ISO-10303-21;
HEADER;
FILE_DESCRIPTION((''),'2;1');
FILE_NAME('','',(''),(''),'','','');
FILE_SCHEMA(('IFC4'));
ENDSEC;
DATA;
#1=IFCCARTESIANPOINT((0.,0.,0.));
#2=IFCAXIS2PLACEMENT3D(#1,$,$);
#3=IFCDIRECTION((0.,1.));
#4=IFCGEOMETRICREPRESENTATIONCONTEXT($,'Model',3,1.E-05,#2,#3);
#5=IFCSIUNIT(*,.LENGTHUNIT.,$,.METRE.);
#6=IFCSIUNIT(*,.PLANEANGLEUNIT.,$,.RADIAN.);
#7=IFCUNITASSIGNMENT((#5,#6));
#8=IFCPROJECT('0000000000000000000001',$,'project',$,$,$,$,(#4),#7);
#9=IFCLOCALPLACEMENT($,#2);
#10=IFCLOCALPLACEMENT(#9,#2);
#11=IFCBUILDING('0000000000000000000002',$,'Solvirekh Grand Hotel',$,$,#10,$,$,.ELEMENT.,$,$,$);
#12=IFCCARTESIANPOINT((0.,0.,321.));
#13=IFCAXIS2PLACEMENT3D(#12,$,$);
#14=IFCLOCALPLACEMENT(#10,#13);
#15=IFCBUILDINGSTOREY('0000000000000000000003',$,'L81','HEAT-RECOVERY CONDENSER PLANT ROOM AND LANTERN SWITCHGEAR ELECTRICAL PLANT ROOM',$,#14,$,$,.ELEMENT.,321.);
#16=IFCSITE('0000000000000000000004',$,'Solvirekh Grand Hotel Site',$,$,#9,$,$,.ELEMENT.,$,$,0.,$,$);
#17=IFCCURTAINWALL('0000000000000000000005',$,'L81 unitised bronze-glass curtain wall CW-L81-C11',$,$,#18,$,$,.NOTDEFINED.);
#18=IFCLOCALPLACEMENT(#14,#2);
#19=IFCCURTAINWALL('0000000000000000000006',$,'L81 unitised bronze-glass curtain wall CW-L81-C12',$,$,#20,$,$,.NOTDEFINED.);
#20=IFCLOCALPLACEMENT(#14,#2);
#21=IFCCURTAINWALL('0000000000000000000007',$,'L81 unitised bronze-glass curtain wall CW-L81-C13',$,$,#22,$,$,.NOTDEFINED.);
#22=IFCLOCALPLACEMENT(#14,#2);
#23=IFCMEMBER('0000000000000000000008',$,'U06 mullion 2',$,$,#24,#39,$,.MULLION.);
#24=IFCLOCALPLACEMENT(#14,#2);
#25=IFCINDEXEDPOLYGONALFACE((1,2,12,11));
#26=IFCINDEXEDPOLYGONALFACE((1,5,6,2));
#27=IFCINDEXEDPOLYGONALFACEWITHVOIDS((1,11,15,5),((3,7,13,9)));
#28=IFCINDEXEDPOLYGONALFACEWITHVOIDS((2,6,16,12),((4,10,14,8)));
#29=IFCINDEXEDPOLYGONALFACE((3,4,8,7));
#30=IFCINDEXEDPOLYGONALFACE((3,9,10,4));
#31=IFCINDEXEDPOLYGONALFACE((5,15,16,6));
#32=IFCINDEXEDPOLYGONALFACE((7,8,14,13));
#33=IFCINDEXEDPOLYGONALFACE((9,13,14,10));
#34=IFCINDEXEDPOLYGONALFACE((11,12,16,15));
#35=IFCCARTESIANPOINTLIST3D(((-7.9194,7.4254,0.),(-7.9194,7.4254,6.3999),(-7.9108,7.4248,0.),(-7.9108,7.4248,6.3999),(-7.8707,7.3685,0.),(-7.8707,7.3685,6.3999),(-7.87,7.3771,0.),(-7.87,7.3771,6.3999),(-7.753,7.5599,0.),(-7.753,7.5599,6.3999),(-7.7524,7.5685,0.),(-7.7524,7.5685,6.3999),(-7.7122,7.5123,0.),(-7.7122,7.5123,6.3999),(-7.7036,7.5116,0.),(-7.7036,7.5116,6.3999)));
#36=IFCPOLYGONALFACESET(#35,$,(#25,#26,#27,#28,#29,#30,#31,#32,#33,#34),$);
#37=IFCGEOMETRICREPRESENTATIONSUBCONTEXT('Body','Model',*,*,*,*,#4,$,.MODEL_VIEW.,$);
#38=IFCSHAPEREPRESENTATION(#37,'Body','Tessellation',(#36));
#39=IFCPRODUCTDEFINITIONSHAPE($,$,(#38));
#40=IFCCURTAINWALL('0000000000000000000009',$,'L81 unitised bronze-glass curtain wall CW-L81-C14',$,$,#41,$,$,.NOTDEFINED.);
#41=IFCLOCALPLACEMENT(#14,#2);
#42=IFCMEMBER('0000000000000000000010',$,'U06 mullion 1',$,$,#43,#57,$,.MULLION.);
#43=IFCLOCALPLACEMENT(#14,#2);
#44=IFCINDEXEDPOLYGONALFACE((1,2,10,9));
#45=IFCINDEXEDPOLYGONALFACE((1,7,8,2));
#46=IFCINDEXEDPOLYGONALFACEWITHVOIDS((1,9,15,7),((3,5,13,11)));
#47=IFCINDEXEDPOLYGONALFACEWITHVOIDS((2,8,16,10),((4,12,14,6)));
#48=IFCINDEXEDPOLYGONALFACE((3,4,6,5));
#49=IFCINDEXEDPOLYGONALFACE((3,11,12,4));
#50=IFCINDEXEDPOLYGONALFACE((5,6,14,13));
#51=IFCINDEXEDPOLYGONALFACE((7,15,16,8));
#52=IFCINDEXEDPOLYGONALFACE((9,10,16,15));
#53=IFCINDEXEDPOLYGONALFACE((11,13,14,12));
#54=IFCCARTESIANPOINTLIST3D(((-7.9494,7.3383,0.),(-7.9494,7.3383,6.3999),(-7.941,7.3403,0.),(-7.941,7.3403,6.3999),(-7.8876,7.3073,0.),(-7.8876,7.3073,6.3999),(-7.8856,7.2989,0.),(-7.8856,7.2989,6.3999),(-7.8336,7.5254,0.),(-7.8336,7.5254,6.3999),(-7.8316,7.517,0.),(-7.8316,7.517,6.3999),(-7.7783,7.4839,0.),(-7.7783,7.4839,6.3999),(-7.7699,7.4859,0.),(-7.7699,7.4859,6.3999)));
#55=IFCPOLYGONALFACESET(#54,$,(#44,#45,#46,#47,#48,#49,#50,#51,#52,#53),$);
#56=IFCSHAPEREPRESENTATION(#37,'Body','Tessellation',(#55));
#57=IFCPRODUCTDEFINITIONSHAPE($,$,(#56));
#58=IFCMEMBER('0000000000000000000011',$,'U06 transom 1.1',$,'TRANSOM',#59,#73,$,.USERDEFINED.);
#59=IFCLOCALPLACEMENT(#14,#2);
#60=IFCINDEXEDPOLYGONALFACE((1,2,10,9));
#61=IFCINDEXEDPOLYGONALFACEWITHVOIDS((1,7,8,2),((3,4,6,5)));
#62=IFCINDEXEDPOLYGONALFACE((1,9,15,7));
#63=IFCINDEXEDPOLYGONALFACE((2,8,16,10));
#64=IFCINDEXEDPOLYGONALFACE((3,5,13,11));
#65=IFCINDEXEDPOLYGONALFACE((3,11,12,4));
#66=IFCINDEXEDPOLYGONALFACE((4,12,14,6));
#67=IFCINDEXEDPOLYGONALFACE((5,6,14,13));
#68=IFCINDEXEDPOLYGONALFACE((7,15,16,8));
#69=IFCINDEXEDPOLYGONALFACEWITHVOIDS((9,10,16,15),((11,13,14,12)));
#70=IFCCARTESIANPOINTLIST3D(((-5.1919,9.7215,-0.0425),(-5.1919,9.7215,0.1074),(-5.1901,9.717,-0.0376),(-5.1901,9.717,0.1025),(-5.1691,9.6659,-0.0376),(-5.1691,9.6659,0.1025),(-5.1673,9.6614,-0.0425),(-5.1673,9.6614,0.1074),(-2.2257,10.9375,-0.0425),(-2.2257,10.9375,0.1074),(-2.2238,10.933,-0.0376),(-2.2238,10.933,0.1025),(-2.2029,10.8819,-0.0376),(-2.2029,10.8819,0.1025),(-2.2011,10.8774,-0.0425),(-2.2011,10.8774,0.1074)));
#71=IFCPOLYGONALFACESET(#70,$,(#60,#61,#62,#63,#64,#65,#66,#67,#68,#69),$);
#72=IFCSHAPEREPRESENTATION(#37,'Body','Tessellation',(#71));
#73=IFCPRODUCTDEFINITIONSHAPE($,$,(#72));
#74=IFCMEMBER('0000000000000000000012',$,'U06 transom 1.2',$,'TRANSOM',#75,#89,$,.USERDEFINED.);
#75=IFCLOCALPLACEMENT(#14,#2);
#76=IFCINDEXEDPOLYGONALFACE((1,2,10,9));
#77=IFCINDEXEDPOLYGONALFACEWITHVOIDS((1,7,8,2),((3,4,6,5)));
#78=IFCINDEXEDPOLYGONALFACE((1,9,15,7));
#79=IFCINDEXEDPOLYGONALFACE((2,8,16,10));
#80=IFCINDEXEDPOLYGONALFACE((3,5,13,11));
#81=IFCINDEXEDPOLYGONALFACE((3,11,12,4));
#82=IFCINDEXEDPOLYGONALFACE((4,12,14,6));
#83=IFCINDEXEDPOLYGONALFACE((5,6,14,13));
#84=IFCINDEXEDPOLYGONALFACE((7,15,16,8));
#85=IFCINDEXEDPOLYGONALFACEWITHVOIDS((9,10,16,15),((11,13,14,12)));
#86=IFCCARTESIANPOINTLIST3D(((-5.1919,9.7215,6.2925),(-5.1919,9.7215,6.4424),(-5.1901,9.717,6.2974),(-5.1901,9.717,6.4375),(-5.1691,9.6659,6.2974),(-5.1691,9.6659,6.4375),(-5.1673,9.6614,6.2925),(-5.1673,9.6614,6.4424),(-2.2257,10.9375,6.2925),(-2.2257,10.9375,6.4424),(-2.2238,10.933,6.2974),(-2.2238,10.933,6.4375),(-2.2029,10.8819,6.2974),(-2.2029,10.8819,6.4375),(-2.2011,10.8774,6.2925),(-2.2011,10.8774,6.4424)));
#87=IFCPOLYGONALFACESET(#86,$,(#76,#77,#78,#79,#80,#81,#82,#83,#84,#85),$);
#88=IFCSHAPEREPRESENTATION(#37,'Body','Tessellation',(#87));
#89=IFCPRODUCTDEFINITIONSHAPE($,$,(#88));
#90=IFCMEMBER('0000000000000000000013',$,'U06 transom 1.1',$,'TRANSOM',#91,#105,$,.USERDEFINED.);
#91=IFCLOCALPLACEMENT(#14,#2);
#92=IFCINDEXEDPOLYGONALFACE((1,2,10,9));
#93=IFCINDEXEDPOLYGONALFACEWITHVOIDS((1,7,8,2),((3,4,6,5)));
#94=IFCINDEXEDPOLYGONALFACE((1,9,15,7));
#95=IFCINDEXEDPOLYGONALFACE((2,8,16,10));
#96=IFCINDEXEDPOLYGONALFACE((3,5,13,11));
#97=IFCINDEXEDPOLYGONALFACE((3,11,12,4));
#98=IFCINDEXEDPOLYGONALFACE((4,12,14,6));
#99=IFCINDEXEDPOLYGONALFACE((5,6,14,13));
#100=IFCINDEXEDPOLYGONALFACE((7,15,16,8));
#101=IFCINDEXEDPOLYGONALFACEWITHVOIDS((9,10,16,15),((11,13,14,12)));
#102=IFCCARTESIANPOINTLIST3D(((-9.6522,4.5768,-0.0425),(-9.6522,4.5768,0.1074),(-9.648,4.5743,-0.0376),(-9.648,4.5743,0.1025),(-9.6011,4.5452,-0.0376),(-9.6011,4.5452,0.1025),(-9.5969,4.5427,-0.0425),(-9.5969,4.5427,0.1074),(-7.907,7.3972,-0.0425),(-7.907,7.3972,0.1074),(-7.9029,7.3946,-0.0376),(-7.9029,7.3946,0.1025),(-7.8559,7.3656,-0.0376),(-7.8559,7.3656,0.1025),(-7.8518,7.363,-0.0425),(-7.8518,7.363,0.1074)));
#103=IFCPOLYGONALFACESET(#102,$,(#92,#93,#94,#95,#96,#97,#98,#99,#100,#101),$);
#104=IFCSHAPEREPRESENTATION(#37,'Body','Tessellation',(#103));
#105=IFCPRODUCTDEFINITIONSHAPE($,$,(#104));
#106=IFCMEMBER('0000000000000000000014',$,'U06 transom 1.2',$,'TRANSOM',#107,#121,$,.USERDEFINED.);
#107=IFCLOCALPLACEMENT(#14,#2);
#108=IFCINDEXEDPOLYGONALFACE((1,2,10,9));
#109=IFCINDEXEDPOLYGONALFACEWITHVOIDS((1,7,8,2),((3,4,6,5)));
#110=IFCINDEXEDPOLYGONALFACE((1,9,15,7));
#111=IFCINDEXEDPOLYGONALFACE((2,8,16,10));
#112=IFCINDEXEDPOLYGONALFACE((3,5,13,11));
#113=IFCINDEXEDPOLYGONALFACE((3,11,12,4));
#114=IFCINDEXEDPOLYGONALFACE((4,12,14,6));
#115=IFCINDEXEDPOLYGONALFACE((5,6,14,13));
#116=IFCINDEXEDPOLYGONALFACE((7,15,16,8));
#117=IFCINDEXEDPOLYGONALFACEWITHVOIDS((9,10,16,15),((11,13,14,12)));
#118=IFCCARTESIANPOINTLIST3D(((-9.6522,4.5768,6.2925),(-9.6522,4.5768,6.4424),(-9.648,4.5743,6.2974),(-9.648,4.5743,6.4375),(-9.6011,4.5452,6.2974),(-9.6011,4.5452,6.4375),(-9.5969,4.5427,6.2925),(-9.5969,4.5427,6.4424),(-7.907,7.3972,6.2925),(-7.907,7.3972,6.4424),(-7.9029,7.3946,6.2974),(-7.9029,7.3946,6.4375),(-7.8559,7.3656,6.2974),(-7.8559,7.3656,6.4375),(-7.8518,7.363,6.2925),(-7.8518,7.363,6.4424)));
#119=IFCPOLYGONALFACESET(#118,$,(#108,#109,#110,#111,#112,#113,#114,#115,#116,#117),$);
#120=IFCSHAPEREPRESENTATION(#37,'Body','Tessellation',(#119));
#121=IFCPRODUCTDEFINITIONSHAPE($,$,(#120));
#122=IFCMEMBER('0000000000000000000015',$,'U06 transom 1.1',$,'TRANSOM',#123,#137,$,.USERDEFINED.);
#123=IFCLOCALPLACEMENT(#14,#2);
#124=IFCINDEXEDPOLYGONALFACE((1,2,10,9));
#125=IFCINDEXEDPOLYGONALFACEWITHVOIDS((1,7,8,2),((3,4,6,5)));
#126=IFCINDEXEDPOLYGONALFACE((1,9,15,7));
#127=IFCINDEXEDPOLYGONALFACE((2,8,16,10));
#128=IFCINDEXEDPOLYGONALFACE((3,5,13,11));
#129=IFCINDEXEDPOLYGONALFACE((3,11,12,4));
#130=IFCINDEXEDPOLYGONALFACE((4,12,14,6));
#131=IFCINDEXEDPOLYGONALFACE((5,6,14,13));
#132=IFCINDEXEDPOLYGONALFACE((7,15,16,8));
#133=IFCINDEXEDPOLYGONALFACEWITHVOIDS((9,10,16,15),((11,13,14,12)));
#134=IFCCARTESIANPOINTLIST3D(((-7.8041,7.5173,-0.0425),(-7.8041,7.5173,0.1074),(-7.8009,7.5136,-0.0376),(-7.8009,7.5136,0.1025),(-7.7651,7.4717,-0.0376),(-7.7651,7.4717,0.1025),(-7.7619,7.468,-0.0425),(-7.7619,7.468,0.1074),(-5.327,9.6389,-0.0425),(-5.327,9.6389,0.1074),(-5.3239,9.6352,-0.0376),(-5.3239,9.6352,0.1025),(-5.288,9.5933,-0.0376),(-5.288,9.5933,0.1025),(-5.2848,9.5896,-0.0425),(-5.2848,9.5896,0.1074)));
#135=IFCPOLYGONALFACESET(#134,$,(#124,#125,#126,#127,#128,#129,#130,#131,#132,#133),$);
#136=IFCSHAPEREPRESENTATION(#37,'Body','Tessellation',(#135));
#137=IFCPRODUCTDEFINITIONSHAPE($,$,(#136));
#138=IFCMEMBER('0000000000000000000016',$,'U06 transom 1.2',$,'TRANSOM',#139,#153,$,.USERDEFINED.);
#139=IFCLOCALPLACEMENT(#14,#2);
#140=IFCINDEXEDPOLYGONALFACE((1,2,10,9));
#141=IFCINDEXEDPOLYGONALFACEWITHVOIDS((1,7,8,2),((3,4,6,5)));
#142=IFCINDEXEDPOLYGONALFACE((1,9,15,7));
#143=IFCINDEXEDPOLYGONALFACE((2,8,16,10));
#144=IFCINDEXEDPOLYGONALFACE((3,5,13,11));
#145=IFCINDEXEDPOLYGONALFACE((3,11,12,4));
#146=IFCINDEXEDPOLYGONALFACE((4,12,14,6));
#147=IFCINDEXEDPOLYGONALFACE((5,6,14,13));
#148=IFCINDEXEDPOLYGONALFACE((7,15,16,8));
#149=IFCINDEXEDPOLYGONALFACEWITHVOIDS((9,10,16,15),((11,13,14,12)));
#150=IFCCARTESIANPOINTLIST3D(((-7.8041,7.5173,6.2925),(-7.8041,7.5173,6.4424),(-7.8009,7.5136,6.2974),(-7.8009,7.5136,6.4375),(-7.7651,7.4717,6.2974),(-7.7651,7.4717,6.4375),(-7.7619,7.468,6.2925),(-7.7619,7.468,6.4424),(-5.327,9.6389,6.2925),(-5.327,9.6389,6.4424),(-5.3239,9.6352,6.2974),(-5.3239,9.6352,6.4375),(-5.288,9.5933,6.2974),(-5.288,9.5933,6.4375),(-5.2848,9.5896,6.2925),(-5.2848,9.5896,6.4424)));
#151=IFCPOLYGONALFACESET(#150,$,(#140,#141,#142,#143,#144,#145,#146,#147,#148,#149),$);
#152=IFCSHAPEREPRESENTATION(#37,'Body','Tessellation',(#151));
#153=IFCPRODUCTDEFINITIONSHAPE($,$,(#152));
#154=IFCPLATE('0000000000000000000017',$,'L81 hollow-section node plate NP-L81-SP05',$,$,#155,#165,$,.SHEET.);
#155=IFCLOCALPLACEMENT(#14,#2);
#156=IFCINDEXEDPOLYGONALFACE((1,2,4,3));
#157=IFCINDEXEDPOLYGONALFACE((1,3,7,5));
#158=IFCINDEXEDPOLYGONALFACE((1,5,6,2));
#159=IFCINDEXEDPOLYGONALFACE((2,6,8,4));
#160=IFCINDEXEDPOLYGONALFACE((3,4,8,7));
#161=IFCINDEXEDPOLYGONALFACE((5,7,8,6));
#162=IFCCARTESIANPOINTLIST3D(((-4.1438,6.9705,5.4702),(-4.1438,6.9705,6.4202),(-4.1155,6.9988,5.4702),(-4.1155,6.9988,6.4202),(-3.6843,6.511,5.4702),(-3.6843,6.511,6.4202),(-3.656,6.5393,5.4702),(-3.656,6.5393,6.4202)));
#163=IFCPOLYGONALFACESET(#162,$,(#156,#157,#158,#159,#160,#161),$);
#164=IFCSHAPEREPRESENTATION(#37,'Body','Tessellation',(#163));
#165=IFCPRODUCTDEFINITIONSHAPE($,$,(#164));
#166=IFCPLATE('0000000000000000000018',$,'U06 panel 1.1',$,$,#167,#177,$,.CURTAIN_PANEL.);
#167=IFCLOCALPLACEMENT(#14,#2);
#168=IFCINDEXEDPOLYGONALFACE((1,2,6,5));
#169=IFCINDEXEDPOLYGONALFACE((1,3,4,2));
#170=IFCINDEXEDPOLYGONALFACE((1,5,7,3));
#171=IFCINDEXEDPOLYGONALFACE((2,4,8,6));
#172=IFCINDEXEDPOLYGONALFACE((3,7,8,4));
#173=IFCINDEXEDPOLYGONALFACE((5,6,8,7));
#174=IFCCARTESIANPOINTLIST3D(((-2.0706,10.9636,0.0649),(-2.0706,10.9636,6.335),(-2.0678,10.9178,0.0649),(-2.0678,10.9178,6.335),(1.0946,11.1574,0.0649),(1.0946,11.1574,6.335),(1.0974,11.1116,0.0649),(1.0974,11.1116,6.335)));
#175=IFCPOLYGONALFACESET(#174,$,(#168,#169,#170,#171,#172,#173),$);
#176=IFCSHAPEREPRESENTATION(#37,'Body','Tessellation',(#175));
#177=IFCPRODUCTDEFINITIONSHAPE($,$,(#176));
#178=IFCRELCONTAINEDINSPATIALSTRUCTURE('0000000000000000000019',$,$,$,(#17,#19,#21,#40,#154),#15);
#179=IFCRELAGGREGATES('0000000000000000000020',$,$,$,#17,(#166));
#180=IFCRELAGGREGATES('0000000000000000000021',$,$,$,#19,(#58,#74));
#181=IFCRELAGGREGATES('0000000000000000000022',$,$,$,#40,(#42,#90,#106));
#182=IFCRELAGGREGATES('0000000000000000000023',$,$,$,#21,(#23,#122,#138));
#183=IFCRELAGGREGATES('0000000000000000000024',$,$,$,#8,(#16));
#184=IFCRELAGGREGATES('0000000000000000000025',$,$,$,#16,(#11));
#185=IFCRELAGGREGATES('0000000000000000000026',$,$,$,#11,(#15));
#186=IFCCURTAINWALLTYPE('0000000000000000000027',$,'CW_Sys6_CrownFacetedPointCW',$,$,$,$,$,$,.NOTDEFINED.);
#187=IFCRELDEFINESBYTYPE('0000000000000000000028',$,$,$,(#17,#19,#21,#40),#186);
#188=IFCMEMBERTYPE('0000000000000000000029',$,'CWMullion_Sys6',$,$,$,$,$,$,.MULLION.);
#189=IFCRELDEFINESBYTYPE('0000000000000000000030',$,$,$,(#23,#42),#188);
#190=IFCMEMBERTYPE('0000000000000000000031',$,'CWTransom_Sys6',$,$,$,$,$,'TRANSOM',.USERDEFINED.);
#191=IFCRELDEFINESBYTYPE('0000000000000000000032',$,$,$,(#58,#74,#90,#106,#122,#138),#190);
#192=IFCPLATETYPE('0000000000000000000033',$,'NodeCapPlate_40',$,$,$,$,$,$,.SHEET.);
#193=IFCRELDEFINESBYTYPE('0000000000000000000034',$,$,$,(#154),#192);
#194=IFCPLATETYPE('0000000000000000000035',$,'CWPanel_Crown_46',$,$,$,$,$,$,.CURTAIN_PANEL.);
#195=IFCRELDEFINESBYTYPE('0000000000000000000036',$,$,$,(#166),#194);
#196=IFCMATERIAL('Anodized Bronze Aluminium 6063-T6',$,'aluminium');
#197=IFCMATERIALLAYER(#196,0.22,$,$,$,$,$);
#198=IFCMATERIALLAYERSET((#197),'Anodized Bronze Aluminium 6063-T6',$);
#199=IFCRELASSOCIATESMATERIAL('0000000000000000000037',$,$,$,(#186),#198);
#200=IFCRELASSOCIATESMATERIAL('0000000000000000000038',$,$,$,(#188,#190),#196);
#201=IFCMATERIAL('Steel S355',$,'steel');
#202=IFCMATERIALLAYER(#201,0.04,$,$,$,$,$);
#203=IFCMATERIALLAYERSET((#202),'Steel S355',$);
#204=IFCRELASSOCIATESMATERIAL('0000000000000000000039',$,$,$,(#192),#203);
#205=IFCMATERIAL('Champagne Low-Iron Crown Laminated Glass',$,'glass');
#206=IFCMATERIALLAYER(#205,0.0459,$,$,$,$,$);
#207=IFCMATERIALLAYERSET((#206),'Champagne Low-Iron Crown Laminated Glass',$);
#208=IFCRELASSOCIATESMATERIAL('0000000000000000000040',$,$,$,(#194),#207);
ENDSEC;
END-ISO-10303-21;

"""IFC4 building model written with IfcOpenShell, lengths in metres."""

from ifc_helpers import new_model, si_unit, direction, frame, origin, origin_2d, place, context, subcontext, project, spatial, rectangle, hollow_rectangle, extrude, source, transform, mapped, material, layer, layer_set, material_profile, profile_set, type_object, element, aggregate, save


model = new_model("IFC4")

# Units and contexts
model_context = context("Model", 3, precision=1e-05, world=origin(), true_north=direction((0.0, 1.0)))
body_context = subcontext(model_context, "Body", "Model", "MODEL_VIEW")
ifc_project = project(units=[si_unit("LENGTHUNIT", "METRE"), si_unit("PLANEANGLEUNIT", "RADIAN")], contexts=[model_context])

# Site, building, storey
site_placement = place(None, origin())
site = spatial("IfcSite", under=ifc_project, at=site_placement, Name="Solvirekh Grand Hotel Site", CompositionType="ELEMENT", RefElevation=0.0)
building_placement = place(site_placement, origin())
building = spatial("IfcBuilding", under=site, at=building_placement, Name="Solvirekh Grand Hotel", CompositionType="ELEMENT")
storey_placement = place(building_placement, frame((0.0, 0.0, 321.0)))
storey = spatial("IfcBuildingStorey", under=building, at=storey_placement, Name="L81", Description="HEAT-RECOVERY CONDENSER PLANT ROOM AND LANTERN SWITCHGEAR ELECTRICAL PLANT ROOM", CompositionType="ELEMENT", Elevation=321.0)

# Shared definitions
ifc_material_1 = material(Name="Steel S355", Category="steel")

# Curtain wall
ifc_material_2 = material(Name="Anodized Bronze Aluminium 6063-T6", Category="aluminium")
ifc_layer_1 = layer(ifc_material_2, 0.22)
ifc_layer_set_1 = layer_set([ifc_layer_1], Name="Anodized Bronze Aluminium 6063-T6")
curtain_wall_type = type_object("IfcCurtainWallType", Name="CW_Sys6_CrownFacetedPointCW", PredefinedType="NOTDEFINED", material=ifc_layer_set_1)
curtain_wall_1_placement = place(storey_placement, origin())
curtain_wall_1 = element("IfcCurtainWall", 1, at=curtain_wall_1_placement, inside=storey, type_object=curtain_wall_type, Name="L81 unitised bronze-glass curtain wall CW-L81-C11", PredefinedType="NOTDEFINED")
ifc_material_profile_1 = material_profile(ifc_material_2, hollow_rectangle(XDim=0.075, YDim=0.22, WallThickness=0.0061, at=origin_2d()), Name="ALU RHS 220X75X6")
ifc_profile_set_1 = profile_set([ifc_material_profile_1], Name="Anodized Bronze Aluminium 6063-T6")
member_type_1 = type_object("IfcMemberType", Name="CWMullion_Sys6", PredefinedType="MULLION", material=ifc_profile_set_1)
shared_shape_1 = source(origin(), body_context, "Body", "SweptSolid", [
    extrude(hollow_rectangle(XDim=0.075, YDim=0.22, WallThickness=0.0061, at=origin_2d()), origin(), (0.0, 0.0, 1.0), 6.3999),
])

# Curtain walls, member
curtain_wall_2_placement = place(storey_placement, origin())
curtain_wall_2 = element("IfcCurtainWall", 2, at=curtain_wall_2_placement, inside=storey, type_object=curtain_wall_type, Name="L81 unitised bronze-glass curtain wall CW-L81-C12", PredefinedType="NOTDEFINED")
curtain_wall_3_placement = place(storey_placement, origin())
curtain_wall_3 = element("IfcCurtainWall", 3, at=curtain_wall_3_placement, inside=storey, type_object=curtain_wall_type, Name="L81 unitised bronze-glass curtain wall CW-L81-C13", PredefinedType="NOTDEFINED")
member_1_placement = place(storey_placement, frame((-7.8115, 7.4685, 0.0), z_axis=(0.0, 0.0, 1.0), x_axis=(0.650477, -0.759526, 0.0)))
member_1 = element("IfcMember", 4, at=member_1_placement, type_object=member_type_1, Name="U06 mullion 2", PredefinedType="MULLION", context=body_context, shape_type="MappedRepresentation", body=[
    mapped(shared_shape_1, transform((0.0, 0.0, 0.0), x_axis=(1.0, 0.0, 0.0), y_axis=(0.0, 1.0, 0.0), z_axis=(0.0, 0.0, 1.0), scale=1.0)),
])

# Curtain wall, member
curtain_wall_4_placement = place(storey_placement, origin())
curtain_wall_4 = element("IfcCurtainWall", 5, at=curtain_wall_4_placement, inside=storey, type_object=curtain_wall_type, Name="L81 unitised bronze-glass curtain wall CW-L81-C14", PredefinedType="NOTDEFINED")
member_2_placement = place(storey_placement, frame((-7.8596, 7.4121, 0.0), z_axis=(0.0, 0.0, 1.0), x_axis=(0.850388, -0.526156, 0.0)))
member_2 = element("IfcMember", 6, at=member_2_placement, type_object=member_type_1, Name="U06 mullion 1", PredefinedType="MULLION", context=body_context, shape_type="MappedRepresentation", body=[
    mapped(shared_shape_1, transform((0.0, 0.0, 0.0), x_axis=(1.0, 0.0, 0.0), y_axis=(0.0, 1.0, 0.0), z_axis=(0.0, 0.0, 1.0), scale=1.0)),
])

# Members
ifc_material_profile_2 = material_profile(ifc_material_2, hollow_rectangle(XDim=0.0649, YDim=0.1499, WallThickness=0.0049, at=origin_2d()), Name="ALU RHS 150X65X5")
ifc_profile_set_2 = profile_set([ifc_material_profile_2], Name="Anodized Bronze Aluminium 6063-T6")
member_type_2 = type_object("IfcMemberType", Name="CWTransom_Sys6", ElementType="TRANSOM", PredefinedType="USERDEFINED", material=ifc_profile_set_2)
shared_shape_2 = source(origin(), body_context, "Body", "SweptSolid", [
    extrude(hollow_rectangle(XDim=0.0649, YDim=0.1499, WallThickness=0.0049, at=origin_2d()), origin(), (0.0, 0.0, 1.0), 3.2058),
])
member_3_placement = place(storey_placement, frame((-2.2134, 10.9075, 0.0325), z_axis=(-0.925265, -0.379321, 0.0), x_axis=(0.379321, -0.925265, 0.0)))
member_3 = element("IfcMember", 7, at=member_3_placement, type_object=member_type_2, Name="U06 transom 1.1", ObjectType="TRANSOM", PredefinedType="USERDEFINED", context=body_context, shape_type="MappedRepresentation", body=[
    mapped(shared_shape_2, transform((0.0, 0.0, 0.0), x_axis=(1.0, 0.0, 0.0), y_axis=(0.0, 1.0, 0.0), z_axis=(0.0, 0.0, 1.0), scale=1.0)),
])
member_4_placement = place(storey_placement, frame((-2.2134, 10.9075, 6.3674), z_axis=(-0.925265, -0.379321, 0.0), x_axis=(0.379321, -0.925265, 0.0)))
member_4 = element("IfcMember", 8, at=member_4_placement, type_object=member_type_2, Name="U06 transom 1.2", ObjectType="TRANSOM", PredefinedType="USERDEFINED", context=body_context, shape_type="MappedRepresentation", body=[
    mapped(shared_shape_2, transform((0.0, 0.0, 0.0), x_axis=(1.0, 0.0, 0.0), y_axis=(0.0, 1.0, 0.0), z_axis=(0.0, 0.0, 1.0), scale=1.0)),
])
shared_shape_3 = source(origin(), body_context, "Body", "SweptSolid", [
    extrude(hollow_rectangle(XDim=0.0649, YDim=0.1499, WallThickness=0.0049, at=origin_2d()), origin(), (0.0, 0.0, 1.0), 3.3167),
])
member_5_placement = place(storey_placement, frame((-7.8794, 7.3801, 0.0325), z_axis=(-0.526182, -0.850372, 0.0), x_axis=(0.850372, -0.526182, 0.0)))
member_5 = element("IfcMember", 9, at=member_5_placement, type_object=member_type_2, Name="U06 transom 1.1", ObjectType="TRANSOM", PredefinedType="USERDEFINED", context=body_context, shape_type="MappedRepresentation", body=[
    mapped(shared_shape_3, transform((0.0, 0.0, 0.0), x_axis=(1.0, 0.0, 0.0), y_axis=(0.0, 1.0, 0.0), z_axis=(0.0, 0.0, 1.0), scale=1.0)),
])
member_6_placement = place(storey_placement, frame((-7.8794, 7.3801, 6.3674), z_axis=(-0.526182, -0.850372, 0.0), x_axis=(0.850372, -0.526182, 0.0)))
member_6 = element("IfcMember", 10, at=member_6_placement, type_object=member_type_2, Name="U06 transom 1.2", ObjectType="TRANSOM", PredefinedType="USERDEFINED", context=body_context, shape_type="MappedRepresentation", body=[
    mapped(shared_shape_3, transform((0.0, 0.0, 0.0), x_axis=(1.0, 0.0, 0.0), y_axis=(0.0, 1.0, 0.0), z_axis=(0.0, 0.0, 1.0), scale=1.0)),
])
shared_shape_4 = source(origin(), body_context, "Body", "SweptSolid", [
    extrude(hollow_rectangle(XDim=0.0649, YDim=0.1499, WallThickness=0.0049, at=origin_2d()), origin(), (0.0, 0.0, 1.0), 3.2615),
])
member_7_placement = place(storey_placement, frame((-5.3059, 9.6143, 0.0325), z_axis=(-0.7595, -0.650508, 0.0), x_axis=(0.650508, -0.7595, 0.0)))
member_7 = element("IfcMember", 11, at=member_7_placement, type_object=member_type_2, Name="U06 transom 1.1", ObjectType="TRANSOM", PredefinedType="USERDEFINED", context=body_context, shape_type="MappedRepresentation", body=[
    mapped(shared_shape_4, transform((0.0, 0.0, 0.0), x_axis=(1.0, 0.0, 0.0), y_axis=(0.0, 1.0, 0.0), z_axis=(0.0, 0.0, 1.0), scale=1.0)),
])
member_8_placement = place(storey_placement, frame((-5.3059, 9.6143, 6.3674), z_axis=(-0.7595, -0.650508, 0.0), x_axis=(0.650508, -0.7595, 0.0)))
member_8 = element("IfcMember", 12, at=member_8_placement, type_object=member_type_2, Name="U06 transom 1.2", ObjectType="TRANSOM", PredefinedType="USERDEFINED", context=body_context, shape_type="MappedRepresentation", body=[
    mapped(shared_shape_4, transform((0.0, 0.0, 0.0), x_axis=(1.0, 0.0, 0.0), y_axis=(0.0, 1.0, 0.0), z_axis=(0.0, 0.0, 1.0), scale=1.0)),
])

# Plates
ifc_layer_2 = layer(ifc_material_1, 0.04)
ifc_layer_set_2 = layer_set([ifc_layer_2], Name="Steel S355")
plate_type_1 = type_object("IfcPlateType", Name="NodeCapPlate_40", PredefinedType="SHEET", material=ifc_layer_set_2)
plate_1_placement = place(storey_placement, frame((-3.8999, 6.7549, 5.4702), z_axis=(0.0, 0.0, 1.0), x_axis=(-0.707107, -0.707107, 0.0)))
element("IfcPlate", 13, at=plate_1_placement, inside=storey, type_object=plate_type_1, Name="L81 hollow-section node plate NP-L81-SP05", PredefinedType="SHEET", context=body_context, shape_type="SweptSolid", body=[
    extrude(rectangle(XDim=0.04, YDim=0.6499, at=origin_2d()), origin(), (0.0, 0.0, 1.0), 0.95),
])
ifc_material_3 = material(Name="Champagne Low-Iron Crown Laminated Glass", Category="glass")
ifc_layer_3 = layer(ifc_material_3, 0.0459)
ifc_layer_set_3 = layer_set([ifc_layer_3], Name="Champagne Low-Iron Crown Laminated Glass")
plate_type_2 = type_object("IfcPlateType", Name="CWPanel_Crown_46", PredefinedType="CURTAIN_PANEL", material=ifc_layer_set_3)
shared_shape_5 = source(origin(), body_context, "Body", "SweptSolid", [
    extrude(rectangle(XDim=3.1711, YDim=0.0459, at=origin_2d()), origin(), (0.0, 0.0, 1.0), 6.27),
])
plate_2_placement = place(storey_placement, frame((-0.4866, 11.0376, 0.0649), z_axis=(0.0, 0.0, 1.0), x_axis=(-0.99813, -0.061122, 0.0)))
plate_2 = element("IfcPlate", 14, at=plate_2_placement, type_object=plate_type_2, Name="U06 panel 1.1", PredefinedType="CURTAIN_PANEL", context=body_context, shape_type="MappedRepresentation", body=[
    mapped(shared_shape_5, transform((0.0, 0.0, 0.0), x_axis=(1.0, 0.0, 0.0), y_axis=(0.0, 1.0, 0.0), z_axis=(0.0, 0.0, 1.0), scale=1.0)),
])
aggregate(curtain_wall_1, [plate_2])
aggregate(curtain_wall_2, [member_3, member_4])
aggregate(curtain_wall_4, [member_2, member_5, member_6])
aggregate(curtain_wall_3, [member_1, member_7, member_8])

save(model, "model.ifc")
